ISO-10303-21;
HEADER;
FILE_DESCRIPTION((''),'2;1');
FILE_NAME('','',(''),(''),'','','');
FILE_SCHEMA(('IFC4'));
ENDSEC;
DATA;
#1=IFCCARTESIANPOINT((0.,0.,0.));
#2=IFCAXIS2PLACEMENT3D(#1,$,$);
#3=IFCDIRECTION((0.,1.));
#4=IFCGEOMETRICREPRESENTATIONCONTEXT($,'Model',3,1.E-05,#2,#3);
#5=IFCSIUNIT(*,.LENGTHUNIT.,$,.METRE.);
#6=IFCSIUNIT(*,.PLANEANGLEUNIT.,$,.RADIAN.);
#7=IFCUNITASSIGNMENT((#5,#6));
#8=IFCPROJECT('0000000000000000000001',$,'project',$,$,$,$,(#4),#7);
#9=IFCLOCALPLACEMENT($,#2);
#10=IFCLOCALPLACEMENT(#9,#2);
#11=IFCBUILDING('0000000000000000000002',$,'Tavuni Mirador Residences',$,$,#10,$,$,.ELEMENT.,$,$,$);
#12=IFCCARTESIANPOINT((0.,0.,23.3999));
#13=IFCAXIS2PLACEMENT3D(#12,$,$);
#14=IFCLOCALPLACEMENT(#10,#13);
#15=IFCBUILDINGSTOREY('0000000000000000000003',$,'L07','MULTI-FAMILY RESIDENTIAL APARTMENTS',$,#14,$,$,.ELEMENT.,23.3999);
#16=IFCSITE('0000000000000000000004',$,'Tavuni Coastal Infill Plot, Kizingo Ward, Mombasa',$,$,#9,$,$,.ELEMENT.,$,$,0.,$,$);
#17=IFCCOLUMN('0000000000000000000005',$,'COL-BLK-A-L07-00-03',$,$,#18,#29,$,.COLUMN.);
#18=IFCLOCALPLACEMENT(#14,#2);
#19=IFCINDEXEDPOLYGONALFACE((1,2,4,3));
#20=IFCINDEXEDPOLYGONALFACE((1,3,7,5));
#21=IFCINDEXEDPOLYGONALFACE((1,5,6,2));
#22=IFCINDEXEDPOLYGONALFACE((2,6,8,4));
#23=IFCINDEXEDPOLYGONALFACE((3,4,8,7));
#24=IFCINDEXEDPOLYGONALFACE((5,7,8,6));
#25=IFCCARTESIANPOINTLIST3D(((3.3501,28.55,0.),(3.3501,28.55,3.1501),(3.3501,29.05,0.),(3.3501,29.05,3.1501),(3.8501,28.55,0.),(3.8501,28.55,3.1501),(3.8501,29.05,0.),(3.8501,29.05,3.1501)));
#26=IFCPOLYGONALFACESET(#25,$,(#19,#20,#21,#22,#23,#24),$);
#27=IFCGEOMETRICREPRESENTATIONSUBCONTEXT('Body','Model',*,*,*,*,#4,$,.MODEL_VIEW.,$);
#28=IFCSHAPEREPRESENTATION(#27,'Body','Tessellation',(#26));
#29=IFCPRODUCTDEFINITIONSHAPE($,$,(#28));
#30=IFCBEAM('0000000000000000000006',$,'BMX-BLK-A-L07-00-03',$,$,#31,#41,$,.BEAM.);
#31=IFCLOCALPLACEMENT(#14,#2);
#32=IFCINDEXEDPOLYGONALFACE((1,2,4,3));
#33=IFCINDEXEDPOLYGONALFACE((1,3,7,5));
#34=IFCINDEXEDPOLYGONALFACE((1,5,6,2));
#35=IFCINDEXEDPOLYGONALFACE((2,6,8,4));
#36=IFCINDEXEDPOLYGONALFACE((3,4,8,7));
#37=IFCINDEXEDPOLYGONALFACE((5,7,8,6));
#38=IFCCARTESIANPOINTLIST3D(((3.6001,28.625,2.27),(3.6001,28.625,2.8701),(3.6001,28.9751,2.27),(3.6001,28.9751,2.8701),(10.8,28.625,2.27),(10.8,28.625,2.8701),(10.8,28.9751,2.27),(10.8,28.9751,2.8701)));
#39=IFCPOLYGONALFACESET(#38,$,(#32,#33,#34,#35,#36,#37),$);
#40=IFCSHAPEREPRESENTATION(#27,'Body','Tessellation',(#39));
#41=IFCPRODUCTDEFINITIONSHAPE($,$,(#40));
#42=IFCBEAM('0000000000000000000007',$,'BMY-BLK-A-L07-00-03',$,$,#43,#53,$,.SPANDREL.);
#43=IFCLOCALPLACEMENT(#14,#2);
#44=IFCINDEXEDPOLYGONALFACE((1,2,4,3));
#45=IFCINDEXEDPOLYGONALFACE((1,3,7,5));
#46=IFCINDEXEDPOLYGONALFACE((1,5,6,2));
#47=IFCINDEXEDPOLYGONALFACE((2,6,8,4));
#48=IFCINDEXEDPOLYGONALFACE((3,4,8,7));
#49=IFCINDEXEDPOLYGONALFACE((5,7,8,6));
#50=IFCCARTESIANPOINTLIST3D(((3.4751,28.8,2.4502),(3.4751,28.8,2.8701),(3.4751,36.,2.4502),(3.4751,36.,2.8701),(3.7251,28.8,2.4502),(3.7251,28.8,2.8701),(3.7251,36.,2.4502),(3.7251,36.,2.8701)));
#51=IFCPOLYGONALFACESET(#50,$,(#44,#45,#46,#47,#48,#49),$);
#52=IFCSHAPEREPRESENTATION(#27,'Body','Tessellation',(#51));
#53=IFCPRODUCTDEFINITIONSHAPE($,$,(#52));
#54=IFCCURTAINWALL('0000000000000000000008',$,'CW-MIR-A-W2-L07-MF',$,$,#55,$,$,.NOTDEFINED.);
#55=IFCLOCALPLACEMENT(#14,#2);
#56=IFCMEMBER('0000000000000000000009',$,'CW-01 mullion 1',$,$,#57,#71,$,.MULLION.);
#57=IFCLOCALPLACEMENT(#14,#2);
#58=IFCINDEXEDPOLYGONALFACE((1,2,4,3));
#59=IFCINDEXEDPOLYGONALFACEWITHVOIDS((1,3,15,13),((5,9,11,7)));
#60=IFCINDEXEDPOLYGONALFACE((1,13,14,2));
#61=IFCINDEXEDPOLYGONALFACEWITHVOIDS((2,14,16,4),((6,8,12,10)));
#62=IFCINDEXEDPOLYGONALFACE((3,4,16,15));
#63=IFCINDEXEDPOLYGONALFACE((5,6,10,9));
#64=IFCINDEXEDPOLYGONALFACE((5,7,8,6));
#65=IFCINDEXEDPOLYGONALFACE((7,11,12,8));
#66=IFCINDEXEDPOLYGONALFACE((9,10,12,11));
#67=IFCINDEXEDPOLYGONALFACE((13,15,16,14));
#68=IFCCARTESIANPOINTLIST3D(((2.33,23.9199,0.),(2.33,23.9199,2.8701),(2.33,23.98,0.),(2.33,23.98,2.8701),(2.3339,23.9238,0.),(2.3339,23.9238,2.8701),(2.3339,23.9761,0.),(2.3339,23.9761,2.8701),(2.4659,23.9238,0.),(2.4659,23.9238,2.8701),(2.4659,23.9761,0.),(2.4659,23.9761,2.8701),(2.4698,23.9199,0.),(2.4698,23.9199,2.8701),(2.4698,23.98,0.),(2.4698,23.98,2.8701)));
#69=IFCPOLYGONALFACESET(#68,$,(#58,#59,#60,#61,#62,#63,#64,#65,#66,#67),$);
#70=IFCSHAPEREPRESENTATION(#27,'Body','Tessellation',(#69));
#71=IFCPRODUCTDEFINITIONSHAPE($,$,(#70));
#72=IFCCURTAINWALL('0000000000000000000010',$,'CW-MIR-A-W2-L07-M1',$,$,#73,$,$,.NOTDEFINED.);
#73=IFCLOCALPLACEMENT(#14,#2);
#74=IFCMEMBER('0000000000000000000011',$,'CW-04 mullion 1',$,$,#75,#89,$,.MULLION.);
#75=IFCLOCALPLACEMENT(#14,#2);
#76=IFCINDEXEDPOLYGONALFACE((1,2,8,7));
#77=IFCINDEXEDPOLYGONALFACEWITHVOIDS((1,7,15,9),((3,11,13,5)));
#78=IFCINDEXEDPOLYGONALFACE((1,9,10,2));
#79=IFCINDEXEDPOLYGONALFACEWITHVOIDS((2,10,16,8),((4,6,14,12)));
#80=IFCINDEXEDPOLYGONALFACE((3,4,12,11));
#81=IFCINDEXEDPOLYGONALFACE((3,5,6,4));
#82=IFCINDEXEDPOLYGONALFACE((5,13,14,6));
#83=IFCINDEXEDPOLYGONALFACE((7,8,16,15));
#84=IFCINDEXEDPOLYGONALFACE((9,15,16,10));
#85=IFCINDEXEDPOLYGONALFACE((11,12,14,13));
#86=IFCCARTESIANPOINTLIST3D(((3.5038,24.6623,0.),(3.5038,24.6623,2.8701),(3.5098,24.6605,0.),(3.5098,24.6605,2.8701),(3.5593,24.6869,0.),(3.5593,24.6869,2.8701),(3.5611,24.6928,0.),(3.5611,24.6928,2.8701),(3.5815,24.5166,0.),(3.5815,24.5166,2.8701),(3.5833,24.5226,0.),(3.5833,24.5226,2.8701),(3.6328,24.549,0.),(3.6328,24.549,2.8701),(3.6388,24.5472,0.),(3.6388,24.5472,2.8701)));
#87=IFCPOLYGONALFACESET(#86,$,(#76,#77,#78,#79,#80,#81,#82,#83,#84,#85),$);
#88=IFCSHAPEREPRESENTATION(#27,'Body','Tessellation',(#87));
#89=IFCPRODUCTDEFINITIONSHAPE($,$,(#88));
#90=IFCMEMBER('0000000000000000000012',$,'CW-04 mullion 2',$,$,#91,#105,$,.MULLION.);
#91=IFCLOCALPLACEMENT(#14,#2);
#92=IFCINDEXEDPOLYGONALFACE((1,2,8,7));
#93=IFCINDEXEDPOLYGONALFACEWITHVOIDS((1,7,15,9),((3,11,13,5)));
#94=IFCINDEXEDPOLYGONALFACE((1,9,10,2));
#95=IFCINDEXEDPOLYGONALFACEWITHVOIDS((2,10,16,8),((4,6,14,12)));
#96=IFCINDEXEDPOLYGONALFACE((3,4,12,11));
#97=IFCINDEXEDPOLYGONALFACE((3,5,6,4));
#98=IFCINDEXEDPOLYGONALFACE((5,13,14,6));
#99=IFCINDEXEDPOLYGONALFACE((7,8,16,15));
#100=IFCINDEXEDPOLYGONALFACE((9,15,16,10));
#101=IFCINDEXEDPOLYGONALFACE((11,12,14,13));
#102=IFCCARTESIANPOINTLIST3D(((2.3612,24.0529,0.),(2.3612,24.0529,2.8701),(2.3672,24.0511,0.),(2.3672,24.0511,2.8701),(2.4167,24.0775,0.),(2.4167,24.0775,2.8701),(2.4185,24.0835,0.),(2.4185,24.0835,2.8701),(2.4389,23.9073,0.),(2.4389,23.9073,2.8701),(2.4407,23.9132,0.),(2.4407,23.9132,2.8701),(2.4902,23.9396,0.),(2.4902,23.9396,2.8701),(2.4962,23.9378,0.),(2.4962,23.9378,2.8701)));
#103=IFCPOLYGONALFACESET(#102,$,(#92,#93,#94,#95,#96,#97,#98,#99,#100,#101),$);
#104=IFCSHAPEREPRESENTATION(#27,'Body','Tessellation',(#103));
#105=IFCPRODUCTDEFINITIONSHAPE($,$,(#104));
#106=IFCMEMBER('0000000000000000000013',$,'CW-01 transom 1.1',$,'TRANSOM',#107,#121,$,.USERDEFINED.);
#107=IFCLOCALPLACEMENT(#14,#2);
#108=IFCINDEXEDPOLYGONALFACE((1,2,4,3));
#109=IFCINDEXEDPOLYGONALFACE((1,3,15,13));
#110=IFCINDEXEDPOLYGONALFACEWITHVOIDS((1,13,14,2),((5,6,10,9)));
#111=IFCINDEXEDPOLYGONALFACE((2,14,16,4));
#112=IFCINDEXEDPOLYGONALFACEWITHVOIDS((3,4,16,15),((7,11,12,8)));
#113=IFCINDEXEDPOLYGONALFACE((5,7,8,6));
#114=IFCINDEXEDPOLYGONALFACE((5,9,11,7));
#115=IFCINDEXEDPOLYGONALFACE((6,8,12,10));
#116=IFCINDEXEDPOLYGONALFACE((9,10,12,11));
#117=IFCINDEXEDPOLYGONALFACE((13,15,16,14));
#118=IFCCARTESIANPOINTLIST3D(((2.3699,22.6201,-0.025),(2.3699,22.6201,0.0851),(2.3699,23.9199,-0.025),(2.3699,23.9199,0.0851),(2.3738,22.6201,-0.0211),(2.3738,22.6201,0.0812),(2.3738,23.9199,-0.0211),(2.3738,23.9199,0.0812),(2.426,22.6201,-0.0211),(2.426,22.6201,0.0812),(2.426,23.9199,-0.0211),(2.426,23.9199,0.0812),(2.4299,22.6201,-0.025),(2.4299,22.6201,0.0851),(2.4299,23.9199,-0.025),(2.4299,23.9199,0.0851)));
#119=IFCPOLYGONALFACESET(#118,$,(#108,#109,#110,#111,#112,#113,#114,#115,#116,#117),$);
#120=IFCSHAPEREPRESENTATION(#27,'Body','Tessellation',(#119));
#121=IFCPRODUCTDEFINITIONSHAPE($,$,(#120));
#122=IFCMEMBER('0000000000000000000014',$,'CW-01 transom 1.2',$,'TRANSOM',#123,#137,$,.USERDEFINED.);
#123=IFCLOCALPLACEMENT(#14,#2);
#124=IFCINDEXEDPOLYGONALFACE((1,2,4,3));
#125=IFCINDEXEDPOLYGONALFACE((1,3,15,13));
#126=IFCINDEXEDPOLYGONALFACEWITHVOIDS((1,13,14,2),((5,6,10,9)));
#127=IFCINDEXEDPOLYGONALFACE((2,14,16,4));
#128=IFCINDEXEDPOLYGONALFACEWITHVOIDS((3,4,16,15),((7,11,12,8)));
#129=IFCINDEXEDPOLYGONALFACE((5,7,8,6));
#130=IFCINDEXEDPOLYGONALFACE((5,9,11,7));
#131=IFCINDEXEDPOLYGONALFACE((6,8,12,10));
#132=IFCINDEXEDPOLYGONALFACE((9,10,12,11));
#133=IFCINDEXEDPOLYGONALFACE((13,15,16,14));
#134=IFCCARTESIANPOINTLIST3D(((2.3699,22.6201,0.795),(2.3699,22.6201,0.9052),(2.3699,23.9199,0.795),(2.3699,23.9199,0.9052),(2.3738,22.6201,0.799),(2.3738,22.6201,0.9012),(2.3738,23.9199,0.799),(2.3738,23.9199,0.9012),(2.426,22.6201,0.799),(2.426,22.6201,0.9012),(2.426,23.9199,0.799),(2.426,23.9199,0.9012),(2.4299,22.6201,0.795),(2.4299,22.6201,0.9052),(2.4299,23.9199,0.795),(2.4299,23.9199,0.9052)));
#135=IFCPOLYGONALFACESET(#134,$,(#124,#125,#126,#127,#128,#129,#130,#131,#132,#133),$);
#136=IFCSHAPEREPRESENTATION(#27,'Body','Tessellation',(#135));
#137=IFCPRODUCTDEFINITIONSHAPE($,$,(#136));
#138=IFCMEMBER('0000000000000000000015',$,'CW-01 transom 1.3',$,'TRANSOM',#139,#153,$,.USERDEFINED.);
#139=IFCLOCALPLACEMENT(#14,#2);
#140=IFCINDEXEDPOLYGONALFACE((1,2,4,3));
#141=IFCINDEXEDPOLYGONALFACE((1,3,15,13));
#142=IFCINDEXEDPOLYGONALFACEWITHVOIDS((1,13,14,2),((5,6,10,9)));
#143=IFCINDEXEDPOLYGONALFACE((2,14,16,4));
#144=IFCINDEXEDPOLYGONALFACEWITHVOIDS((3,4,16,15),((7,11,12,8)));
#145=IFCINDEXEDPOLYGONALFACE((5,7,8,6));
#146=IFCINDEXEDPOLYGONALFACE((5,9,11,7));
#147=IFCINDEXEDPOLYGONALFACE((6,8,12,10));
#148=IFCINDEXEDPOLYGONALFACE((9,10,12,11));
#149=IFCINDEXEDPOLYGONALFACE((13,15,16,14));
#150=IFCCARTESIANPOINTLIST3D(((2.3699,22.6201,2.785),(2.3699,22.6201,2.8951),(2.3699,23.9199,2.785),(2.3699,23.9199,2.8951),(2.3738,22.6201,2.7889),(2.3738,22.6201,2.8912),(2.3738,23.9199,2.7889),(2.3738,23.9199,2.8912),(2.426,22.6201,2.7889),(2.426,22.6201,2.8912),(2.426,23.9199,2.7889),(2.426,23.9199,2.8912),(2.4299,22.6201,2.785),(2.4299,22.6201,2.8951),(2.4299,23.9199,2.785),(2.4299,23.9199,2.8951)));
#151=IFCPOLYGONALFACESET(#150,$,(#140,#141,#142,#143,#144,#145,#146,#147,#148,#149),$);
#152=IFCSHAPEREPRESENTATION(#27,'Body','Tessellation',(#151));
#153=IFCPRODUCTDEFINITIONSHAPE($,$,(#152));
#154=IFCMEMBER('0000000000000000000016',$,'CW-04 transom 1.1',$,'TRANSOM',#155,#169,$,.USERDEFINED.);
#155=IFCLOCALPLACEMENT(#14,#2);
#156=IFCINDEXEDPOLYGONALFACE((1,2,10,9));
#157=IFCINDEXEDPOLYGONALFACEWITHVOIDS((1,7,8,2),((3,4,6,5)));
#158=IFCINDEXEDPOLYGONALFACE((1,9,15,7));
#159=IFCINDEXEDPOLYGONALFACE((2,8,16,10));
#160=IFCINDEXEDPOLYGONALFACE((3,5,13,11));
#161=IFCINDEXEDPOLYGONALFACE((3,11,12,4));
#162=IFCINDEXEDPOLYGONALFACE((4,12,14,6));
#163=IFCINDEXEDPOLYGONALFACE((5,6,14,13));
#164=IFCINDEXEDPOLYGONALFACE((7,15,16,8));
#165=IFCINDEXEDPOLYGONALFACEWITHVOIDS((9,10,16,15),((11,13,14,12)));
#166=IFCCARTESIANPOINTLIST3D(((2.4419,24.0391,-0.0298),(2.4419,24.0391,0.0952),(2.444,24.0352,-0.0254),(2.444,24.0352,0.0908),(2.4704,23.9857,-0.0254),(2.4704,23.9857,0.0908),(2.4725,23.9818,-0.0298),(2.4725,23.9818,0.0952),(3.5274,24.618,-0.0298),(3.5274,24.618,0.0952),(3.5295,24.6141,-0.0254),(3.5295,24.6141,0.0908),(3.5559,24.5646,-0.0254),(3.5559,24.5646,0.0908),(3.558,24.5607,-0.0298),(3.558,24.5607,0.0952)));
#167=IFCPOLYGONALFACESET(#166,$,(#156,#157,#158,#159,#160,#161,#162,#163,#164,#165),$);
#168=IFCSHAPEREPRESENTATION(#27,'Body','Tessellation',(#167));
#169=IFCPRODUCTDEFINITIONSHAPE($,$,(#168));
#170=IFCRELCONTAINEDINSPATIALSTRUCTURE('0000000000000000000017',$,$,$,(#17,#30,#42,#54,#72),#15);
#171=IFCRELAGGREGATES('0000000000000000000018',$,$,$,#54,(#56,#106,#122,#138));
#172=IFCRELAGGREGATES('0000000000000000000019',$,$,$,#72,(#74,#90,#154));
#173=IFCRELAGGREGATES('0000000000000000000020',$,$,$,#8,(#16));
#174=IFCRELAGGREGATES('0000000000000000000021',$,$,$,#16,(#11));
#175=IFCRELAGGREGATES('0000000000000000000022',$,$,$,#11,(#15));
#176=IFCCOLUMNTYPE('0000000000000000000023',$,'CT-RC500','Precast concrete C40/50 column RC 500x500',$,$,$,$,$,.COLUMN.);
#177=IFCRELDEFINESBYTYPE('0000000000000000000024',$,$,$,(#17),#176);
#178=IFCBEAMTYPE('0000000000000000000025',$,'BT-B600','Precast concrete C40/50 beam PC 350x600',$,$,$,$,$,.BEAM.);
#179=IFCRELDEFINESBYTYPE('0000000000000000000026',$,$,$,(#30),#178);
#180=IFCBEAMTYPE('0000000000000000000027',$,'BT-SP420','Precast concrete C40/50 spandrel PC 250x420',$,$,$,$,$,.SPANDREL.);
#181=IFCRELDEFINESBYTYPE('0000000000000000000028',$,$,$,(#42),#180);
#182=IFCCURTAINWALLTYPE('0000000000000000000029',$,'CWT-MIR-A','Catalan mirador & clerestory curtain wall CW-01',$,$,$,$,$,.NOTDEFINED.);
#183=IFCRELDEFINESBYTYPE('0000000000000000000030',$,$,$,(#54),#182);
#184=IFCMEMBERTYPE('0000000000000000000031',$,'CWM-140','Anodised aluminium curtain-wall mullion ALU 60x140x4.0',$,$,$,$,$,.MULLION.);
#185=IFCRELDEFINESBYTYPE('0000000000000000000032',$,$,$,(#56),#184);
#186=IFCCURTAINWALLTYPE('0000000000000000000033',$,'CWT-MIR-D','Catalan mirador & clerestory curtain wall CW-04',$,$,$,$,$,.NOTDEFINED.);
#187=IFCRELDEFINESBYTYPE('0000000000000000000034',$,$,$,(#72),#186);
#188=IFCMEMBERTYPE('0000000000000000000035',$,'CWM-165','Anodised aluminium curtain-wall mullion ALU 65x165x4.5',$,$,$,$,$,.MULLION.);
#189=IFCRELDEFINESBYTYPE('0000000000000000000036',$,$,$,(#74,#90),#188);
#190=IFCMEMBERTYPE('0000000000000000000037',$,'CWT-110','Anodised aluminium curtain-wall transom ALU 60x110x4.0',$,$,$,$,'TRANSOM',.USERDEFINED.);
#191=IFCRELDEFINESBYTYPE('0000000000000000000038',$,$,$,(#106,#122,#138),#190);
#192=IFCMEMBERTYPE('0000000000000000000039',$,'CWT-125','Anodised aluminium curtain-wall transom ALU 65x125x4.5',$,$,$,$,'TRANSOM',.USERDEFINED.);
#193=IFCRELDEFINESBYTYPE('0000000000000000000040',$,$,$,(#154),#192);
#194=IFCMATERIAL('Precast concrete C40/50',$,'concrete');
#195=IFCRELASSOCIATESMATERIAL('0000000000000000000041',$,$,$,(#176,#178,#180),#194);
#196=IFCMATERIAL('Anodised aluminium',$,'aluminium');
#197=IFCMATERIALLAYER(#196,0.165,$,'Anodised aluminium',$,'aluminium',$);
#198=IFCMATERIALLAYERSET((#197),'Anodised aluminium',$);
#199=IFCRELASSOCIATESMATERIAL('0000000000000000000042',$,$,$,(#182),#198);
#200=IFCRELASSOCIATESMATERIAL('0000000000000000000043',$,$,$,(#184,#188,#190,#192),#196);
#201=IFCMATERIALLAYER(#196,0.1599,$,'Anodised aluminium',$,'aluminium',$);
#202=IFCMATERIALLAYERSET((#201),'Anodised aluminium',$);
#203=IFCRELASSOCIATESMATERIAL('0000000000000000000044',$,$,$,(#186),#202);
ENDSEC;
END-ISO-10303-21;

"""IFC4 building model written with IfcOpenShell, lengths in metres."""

from ifc_helpers import new_model, si_unit, direction, frame, origin, origin_2d, place, context, subcontext, project, spatial, rectangle, hollow_rectangle, extrude, material, layer, layer_set, material_profile, profile_set, type_object, element, aggregate, save


model = new_model("IFC4")

# Units and contexts
model_context = context("Model", 3, precision=1e-05, world=origin(), true_north=direction((0.0, 1.0)))
body_context = subcontext(model_context, "Body", "Model", "MODEL_VIEW")
ifc_project = project(units=[si_unit("LENGTHUNIT", "METRE"), si_unit("PLANEANGLEUNIT", "RADIAN")], contexts=[model_context])

# Site, building, storey
site_placement = place(None, origin())
site = spatial("IfcSite", under=ifc_project, at=site_placement, Name="Tavuni Coastal Infill Plot, Kizingo Ward, Mombasa", CompositionType="ELEMENT", RefElevation=0.0)
building_placement = place(site_placement, origin())
building = spatial("IfcBuilding", under=site, at=building_placement, Name="Tavuni Mirador Residences", CompositionType="ELEMENT")
storey_placement = place(building_placement, frame((0.0, 0.0, 23.3999)))
storey = spatial("IfcBuildingStorey", under=building, at=storey_placement, Name="L07", Description="MULTI-FAMILY RESIDENTIAL APARTMENTS", CompositionType="ELEMENT", Elevation=23.3999)

# Column
ifc_material_1 = material(Name="Precast concrete C40/50", Category="concrete")
ifc_material_profile_1 = material_profile(ifc_material_1, rectangle(XDim=0.5, YDim=0.5, at=origin_2d()), Name="RC 500x500", Category="concrete")
ifc_profile_set_1 = profile_set([ifc_material_profile_1], Name="Precast concrete C40/50")
column_type = type_object("IfcColumnType", Name="CT-RC500", Description="Precast concrete C40/50 column RC 500x500", PredefinedType="COLUMN", material=ifc_profile_set_1)
column_placement = place(storey_placement, frame((3.6001, 28.8, 0.0), z_axis=(0.0, 0.0, 1.0), x_axis=(1.0, 0.0, 0.0)))
element("IfcColumn", 1, at=column_placement, inside=storey, type_object=column_type, Name="COL-BLK-A-L07-00-03", PredefinedType="COLUMN", context=body_context, shape_type="SweptSolid", body=[
    extrude(rectangle(XDim=0.5, YDim=0.5, at=origin_2d()), origin(), (0.0, 0.0, 1.0), 3.1501),
])

# Beams
ifc_material_profile_2 = material_profile(ifc_material_1, rectangle(XDim=0.3501, YDim=0.6001, at=origin_2d()), Name="PC 350x600", Category="concrete")
ifc_profile_set_2 = profile_set([ifc_material_profile_2], Name="Precast concrete C40/50")
beam_type_1 = type_object("IfcBeamType", Name="BT-B600", Description="Precast concrete C40/50 beam PC 350x600", PredefinedType="BEAM", material=ifc_profile_set_2)
beam_1_placement = place(storey_placement, frame((3.6001, 28.8, 2.5701), z_axis=(1.0, 0.0, 0.0), x_axis=(0.0, 1.0, 0.0)))
element("IfcBeam", 2, at=beam_1_placement, inside=storey, type_object=beam_type_1, Name="BMX-BLK-A-L07-00-03", PredefinedType="BEAM", context=body_context, shape_type="SweptSolid", body=[
    extrude(rectangle(XDim=0.3501, YDim=0.6001, at=origin_2d()), origin(), (0.0, 0.0, 1.0), 7.2),
])
ifc_material_profile_3 = material_profile(ifc_material_1, rectangle(XDim=0.25, YDim=0.4199, at=origin_2d()), Name="PC 250x420", Category="concrete")
ifc_profile_set_3 = profile_set([ifc_material_profile_3], Name="Precast concrete C40/50")
beam_type_2 = type_object("IfcBeamType", Name="BT-SP420", Description="Precast concrete C40/50 spandrel PC 250x420", PredefinedType="SPANDREL", material=ifc_profile_set_3)
beam_2_placement = place(storey_placement, frame((3.6001, 28.8, 2.6602), z_axis=(0.0, 1.0, 0.0), x_axis=(-1.0, 0.0, 0.0)))
element("IfcBeam", 3, at=beam_2_placement, inside=storey, type_object=beam_type_2, Name="BMY-BLK-A-L07-00-03", PredefinedType="SPANDREL", context=body_context, shape_type="SweptSolid", body=[
    extrude(rectangle(XDim=0.25, YDim=0.4199, at=origin_2d()), origin(), (0.0, 0.0, 1.0), 7.2),
])

# Curtain wall, member
ifc_material_2 = material(Name="Anodised aluminium", Category="aluminium")
ifc_layer_1 = layer(ifc_material_2, 0.165, Name="Anodised aluminium", Category="aluminium")
ifc_layer_set_1 = layer_set([ifc_layer_1], Name="Anodised aluminium")
curtain_wall_type_1 = type_object("IfcCurtainWallType", Name="CWT-MIR-A", Description="Catalan mirador & clerestory curtain wall CW-01", PredefinedType="NOTDEFINED", material=ifc_layer_set_1)
curtain_wall_1_placement = place(storey_placement, origin())
curtain_wall_1 = element("IfcCurtainWall", 4, at=curtain_wall_1_placement, inside=storey, type_object=curtain_wall_type_1, Name="CW-MIR-A-W2-L07-MF", PredefinedType="NOTDEFINED")
ifc_material_profile_4 = material_profile(ifc_material_2, hollow_rectangle(XDim=0.0601, YDim=0.1399, WallThickness=0.0039, at=origin_2d()), Name="ALU 60x140x4.0", Category="aluminium")
ifc_profile_set_4 = profile_set([ifc_material_profile_4], Name="Anodised aluminium")
member_type_1 = type_object("IfcMemberType", Name="CWM-140", Description="Anodised aluminium curtain-wall mullion ALU 60x140x4.0", PredefinedType="MULLION", material=ifc_profile_set_4)
member_1_placement = place(storey_placement, frame((2.3999, 23.95, 0.0), z_axis=(0.0, 0.0, 1.0), x_axis=(0.0, -1.0, 0.0)))
member_1 = element("IfcMember", 5, at=member_1_placement, type_object=member_type_1, Name="CW-01 mullion 1", PredefinedType="MULLION", context=body_context, shape_type="SweptSolid", body=[
    extrude(hollow_rectangle(XDim=0.0601, YDim=0.1399, WallThickness=0.0039, at=origin_2d()), origin(), (0.0, 0.0, 1.0), 2.8701),
])

# Curtain wall, members
ifc_layer_2 = layer(ifc_material_2, 0.1599, Name="Anodised aluminium", Category="aluminium")
ifc_layer_set_2 = layer_set([ifc_layer_2], Name="Anodised aluminium")
curtain_wall_type_2 = type_object("IfcCurtainWallType", Name="CWT-MIR-D", Description="Catalan mirador & clerestory curtain wall CW-04", PredefinedType="NOTDEFINED", material=ifc_layer_set_2)
curtain_wall_2_placement = place(storey_placement, origin())
curtain_wall_2 = element("IfcCurtainWall", 6, at=curtain_wall_2_placement, inside=storey, type_object=curtain_wall_type_2, Name="CW-MIR-A-W2-L07-M1", PredefinedType="NOTDEFINED")
ifc_material_profile_5 = material_profile(ifc_material_2, hollow_rectangle(XDim=0.0649, YDim=0.165, WallThickness=0.0044, at=origin_2d()), Name="ALU 65x165x4.5", Category="aluminium")
ifc_profile_set_5 = profile_set([ifc_material_profile_5], Name="Anodised aluminium")
member_type_2 = type_object("IfcMemberType", Name="CWM-165", Description="Anodised aluminium curtain-wall mullion ALU 65x165x4.5", PredefinedType="MULLION", material=ifc_profile_set_5)
member_2_placement = place(storey_placement, frame((3.5713, 24.6047, 0.0), z_axis=(0.0, 0.0, 1.0), x_axis=(-0.882353, -0.470588, 0.0)))
member_2 = element("IfcMember", 7, at=member_2_placement, type_object=member_type_2, Name="CW-04 mullion 1", PredefinedType="MULLION", context=body_context, shape_type="SweptSolid", body=[
    extrude(hollow_rectangle(XDim=0.0649, YDim=0.165, WallThickness=0.0044, at=origin_2d()), origin(), (0.0, 0.0, 1.0), 2.8701),
])
member_3_placement = place(storey_placement, frame((2.4287, 23.9954, 0.0), z_axis=(0.0, 0.0, 1.0), x_axis=(-0.882353, -0.470588, 0.0)))
member_3 = element("IfcMember", 8, at=member_3_placement, type_object=member_type_2, Name="CW-04 mullion 2", PredefinedType="MULLION", context=body_context, shape_type="SweptSolid", body=[
    extrude(hollow_rectangle(XDim=0.0649, YDim=0.165, WallThickness=0.0044, at=origin_2d()), origin(), (0.0, 0.0, 1.0), 2.8701),
])

# Members
ifc_material_profile_6 = material_profile(ifc_material_2, hollow_rectangle(XDim=0.0601, YDim=0.1101, WallThickness=0.0039, at=origin_2d()), Name="ALU 60x110x4.0", Category="aluminium")
ifc_profile_set_6 = profile_set([ifc_material_profile_6], Name="Anodised aluminium")
member_type_3 = type_object("IfcMemberType", Name="CWT-110", Description="Anodised aluminium curtain-wall transom ALU 60x110x4.0", ElementType="TRANSOM", PredefinedType="USERDEFINED", material=ifc_profile_set_6)
member_4_placement = place(storey_placement, frame((2.3999, 23.9199, 0.03), z_axis=(0.0, -1.0, 0.0), x_axis=(1.0, 0.0, 0.0)))
member_4 = element("IfcMember", 9, at=member_4_placement, type_object=member_type_3, Name="CW-01 transom 1.1", ObjectType="TRANSOM", PredefinedType="USERDEFINED", context=body_context, shape_type="SweptSolid", body=[
    extrude(hollow_rectangle(XDim=0.0601, YDim=0.1101, WallThickness=0.0039, at=origin_2d()), origin(), (0.0, 0.0, 1.0), 1.2998),
])
member_5_placement = place(storey_placement, frame((2.3999, 23.9199, 0.8501), z_axis=(0.0, -1.0, 0.0), x_axis=(1.0, 0.0, 0.0)))
member_5 = element("IfcMember", 10, at=member_5_placement, type_object=member_type_3, Name="CW-01 transom 1.2", ObjectType="TRANSOM", PredefinedType="USERDEFINED", context=body_context, shape_type="SweptSolid", body=[
    extrude(hollow_rectangle(XDim=0.0601, YDim=0.1101, WallThickness=0.0039, at=origin_2d()), origin(), (0.0, 0.0, 1.0), 1.2998),
])
member_6_placement = place(storey_placement, frame((2.3999, 23.9199, 2.8401), z_axis=(0.0, -1.0, 0.0), x_axis=(1.0, 0.0, 0.0)))
member_6 = element("IfcMember", 11, at=member_6_placement, type_object=member_type_3, Name="CW-01 transom 1.3", ObjectType="TRANSOM", PredefinedType="USERDEFINED", context=body_context, shape_type="SweptSolid", body=[
    extrude(hollow_rectangle(XDim=0.0601, YDim=0.1101, WallThickness=0.0039, at=origin_2d()), origin(), (0.0, 0.0, 1.0), 1.2998),
])
aggregate(curtain_wall_1, [member_1, member_4, member_5, member_6])
ifc_material_profile_7 = material_profile(ifc_material_2, hollow_rectangle(XDim=0.0649, YDim=0.125, WallThickness=0.0044, at=origin_2d()), Name="ALU 65x125x4.5", Category="aluminium")
ifc_profile_set_7 = profile_set([ifc_material_profile_7], Name="Anodised aluminium")
member_type_4 = type_object("IfcMemberType", Name="CWT-125", Description="Anodised aluminium curtain-wall transom ALU 65x125x4.5", ElementType="TRANSOM", PredefinedType="USERDEFINED", material=ifc_profile_set_7)
member_7_placement = place(storey_placement, frame((3.5427, 24.5894, 0.0327), z_axis=(-0.882369, -0.470557, 0.0), x_axis=(0.470557, -0.882369, 0.0)))
member_7 = element("IfcMember", 12, at=member_7_placement, type_object=member_type_4, Name="CW-04 transom 1.1", ObjectType="TRANSOM", PredefinedType="USERDEFINED", context=body_context, shape_type="SweptSolid", body=[
    extrude(hollow_rectangle(XDim=0.0649, YDim=0.125, WallThickness=0.0044, at=origin_2d()), origin(), (0.0, 0.0, 1.0), 1.2302),
])

aggregate(curtain_wall_2, [member_2, member_3, member_7])

save(model, "model.ifc")
